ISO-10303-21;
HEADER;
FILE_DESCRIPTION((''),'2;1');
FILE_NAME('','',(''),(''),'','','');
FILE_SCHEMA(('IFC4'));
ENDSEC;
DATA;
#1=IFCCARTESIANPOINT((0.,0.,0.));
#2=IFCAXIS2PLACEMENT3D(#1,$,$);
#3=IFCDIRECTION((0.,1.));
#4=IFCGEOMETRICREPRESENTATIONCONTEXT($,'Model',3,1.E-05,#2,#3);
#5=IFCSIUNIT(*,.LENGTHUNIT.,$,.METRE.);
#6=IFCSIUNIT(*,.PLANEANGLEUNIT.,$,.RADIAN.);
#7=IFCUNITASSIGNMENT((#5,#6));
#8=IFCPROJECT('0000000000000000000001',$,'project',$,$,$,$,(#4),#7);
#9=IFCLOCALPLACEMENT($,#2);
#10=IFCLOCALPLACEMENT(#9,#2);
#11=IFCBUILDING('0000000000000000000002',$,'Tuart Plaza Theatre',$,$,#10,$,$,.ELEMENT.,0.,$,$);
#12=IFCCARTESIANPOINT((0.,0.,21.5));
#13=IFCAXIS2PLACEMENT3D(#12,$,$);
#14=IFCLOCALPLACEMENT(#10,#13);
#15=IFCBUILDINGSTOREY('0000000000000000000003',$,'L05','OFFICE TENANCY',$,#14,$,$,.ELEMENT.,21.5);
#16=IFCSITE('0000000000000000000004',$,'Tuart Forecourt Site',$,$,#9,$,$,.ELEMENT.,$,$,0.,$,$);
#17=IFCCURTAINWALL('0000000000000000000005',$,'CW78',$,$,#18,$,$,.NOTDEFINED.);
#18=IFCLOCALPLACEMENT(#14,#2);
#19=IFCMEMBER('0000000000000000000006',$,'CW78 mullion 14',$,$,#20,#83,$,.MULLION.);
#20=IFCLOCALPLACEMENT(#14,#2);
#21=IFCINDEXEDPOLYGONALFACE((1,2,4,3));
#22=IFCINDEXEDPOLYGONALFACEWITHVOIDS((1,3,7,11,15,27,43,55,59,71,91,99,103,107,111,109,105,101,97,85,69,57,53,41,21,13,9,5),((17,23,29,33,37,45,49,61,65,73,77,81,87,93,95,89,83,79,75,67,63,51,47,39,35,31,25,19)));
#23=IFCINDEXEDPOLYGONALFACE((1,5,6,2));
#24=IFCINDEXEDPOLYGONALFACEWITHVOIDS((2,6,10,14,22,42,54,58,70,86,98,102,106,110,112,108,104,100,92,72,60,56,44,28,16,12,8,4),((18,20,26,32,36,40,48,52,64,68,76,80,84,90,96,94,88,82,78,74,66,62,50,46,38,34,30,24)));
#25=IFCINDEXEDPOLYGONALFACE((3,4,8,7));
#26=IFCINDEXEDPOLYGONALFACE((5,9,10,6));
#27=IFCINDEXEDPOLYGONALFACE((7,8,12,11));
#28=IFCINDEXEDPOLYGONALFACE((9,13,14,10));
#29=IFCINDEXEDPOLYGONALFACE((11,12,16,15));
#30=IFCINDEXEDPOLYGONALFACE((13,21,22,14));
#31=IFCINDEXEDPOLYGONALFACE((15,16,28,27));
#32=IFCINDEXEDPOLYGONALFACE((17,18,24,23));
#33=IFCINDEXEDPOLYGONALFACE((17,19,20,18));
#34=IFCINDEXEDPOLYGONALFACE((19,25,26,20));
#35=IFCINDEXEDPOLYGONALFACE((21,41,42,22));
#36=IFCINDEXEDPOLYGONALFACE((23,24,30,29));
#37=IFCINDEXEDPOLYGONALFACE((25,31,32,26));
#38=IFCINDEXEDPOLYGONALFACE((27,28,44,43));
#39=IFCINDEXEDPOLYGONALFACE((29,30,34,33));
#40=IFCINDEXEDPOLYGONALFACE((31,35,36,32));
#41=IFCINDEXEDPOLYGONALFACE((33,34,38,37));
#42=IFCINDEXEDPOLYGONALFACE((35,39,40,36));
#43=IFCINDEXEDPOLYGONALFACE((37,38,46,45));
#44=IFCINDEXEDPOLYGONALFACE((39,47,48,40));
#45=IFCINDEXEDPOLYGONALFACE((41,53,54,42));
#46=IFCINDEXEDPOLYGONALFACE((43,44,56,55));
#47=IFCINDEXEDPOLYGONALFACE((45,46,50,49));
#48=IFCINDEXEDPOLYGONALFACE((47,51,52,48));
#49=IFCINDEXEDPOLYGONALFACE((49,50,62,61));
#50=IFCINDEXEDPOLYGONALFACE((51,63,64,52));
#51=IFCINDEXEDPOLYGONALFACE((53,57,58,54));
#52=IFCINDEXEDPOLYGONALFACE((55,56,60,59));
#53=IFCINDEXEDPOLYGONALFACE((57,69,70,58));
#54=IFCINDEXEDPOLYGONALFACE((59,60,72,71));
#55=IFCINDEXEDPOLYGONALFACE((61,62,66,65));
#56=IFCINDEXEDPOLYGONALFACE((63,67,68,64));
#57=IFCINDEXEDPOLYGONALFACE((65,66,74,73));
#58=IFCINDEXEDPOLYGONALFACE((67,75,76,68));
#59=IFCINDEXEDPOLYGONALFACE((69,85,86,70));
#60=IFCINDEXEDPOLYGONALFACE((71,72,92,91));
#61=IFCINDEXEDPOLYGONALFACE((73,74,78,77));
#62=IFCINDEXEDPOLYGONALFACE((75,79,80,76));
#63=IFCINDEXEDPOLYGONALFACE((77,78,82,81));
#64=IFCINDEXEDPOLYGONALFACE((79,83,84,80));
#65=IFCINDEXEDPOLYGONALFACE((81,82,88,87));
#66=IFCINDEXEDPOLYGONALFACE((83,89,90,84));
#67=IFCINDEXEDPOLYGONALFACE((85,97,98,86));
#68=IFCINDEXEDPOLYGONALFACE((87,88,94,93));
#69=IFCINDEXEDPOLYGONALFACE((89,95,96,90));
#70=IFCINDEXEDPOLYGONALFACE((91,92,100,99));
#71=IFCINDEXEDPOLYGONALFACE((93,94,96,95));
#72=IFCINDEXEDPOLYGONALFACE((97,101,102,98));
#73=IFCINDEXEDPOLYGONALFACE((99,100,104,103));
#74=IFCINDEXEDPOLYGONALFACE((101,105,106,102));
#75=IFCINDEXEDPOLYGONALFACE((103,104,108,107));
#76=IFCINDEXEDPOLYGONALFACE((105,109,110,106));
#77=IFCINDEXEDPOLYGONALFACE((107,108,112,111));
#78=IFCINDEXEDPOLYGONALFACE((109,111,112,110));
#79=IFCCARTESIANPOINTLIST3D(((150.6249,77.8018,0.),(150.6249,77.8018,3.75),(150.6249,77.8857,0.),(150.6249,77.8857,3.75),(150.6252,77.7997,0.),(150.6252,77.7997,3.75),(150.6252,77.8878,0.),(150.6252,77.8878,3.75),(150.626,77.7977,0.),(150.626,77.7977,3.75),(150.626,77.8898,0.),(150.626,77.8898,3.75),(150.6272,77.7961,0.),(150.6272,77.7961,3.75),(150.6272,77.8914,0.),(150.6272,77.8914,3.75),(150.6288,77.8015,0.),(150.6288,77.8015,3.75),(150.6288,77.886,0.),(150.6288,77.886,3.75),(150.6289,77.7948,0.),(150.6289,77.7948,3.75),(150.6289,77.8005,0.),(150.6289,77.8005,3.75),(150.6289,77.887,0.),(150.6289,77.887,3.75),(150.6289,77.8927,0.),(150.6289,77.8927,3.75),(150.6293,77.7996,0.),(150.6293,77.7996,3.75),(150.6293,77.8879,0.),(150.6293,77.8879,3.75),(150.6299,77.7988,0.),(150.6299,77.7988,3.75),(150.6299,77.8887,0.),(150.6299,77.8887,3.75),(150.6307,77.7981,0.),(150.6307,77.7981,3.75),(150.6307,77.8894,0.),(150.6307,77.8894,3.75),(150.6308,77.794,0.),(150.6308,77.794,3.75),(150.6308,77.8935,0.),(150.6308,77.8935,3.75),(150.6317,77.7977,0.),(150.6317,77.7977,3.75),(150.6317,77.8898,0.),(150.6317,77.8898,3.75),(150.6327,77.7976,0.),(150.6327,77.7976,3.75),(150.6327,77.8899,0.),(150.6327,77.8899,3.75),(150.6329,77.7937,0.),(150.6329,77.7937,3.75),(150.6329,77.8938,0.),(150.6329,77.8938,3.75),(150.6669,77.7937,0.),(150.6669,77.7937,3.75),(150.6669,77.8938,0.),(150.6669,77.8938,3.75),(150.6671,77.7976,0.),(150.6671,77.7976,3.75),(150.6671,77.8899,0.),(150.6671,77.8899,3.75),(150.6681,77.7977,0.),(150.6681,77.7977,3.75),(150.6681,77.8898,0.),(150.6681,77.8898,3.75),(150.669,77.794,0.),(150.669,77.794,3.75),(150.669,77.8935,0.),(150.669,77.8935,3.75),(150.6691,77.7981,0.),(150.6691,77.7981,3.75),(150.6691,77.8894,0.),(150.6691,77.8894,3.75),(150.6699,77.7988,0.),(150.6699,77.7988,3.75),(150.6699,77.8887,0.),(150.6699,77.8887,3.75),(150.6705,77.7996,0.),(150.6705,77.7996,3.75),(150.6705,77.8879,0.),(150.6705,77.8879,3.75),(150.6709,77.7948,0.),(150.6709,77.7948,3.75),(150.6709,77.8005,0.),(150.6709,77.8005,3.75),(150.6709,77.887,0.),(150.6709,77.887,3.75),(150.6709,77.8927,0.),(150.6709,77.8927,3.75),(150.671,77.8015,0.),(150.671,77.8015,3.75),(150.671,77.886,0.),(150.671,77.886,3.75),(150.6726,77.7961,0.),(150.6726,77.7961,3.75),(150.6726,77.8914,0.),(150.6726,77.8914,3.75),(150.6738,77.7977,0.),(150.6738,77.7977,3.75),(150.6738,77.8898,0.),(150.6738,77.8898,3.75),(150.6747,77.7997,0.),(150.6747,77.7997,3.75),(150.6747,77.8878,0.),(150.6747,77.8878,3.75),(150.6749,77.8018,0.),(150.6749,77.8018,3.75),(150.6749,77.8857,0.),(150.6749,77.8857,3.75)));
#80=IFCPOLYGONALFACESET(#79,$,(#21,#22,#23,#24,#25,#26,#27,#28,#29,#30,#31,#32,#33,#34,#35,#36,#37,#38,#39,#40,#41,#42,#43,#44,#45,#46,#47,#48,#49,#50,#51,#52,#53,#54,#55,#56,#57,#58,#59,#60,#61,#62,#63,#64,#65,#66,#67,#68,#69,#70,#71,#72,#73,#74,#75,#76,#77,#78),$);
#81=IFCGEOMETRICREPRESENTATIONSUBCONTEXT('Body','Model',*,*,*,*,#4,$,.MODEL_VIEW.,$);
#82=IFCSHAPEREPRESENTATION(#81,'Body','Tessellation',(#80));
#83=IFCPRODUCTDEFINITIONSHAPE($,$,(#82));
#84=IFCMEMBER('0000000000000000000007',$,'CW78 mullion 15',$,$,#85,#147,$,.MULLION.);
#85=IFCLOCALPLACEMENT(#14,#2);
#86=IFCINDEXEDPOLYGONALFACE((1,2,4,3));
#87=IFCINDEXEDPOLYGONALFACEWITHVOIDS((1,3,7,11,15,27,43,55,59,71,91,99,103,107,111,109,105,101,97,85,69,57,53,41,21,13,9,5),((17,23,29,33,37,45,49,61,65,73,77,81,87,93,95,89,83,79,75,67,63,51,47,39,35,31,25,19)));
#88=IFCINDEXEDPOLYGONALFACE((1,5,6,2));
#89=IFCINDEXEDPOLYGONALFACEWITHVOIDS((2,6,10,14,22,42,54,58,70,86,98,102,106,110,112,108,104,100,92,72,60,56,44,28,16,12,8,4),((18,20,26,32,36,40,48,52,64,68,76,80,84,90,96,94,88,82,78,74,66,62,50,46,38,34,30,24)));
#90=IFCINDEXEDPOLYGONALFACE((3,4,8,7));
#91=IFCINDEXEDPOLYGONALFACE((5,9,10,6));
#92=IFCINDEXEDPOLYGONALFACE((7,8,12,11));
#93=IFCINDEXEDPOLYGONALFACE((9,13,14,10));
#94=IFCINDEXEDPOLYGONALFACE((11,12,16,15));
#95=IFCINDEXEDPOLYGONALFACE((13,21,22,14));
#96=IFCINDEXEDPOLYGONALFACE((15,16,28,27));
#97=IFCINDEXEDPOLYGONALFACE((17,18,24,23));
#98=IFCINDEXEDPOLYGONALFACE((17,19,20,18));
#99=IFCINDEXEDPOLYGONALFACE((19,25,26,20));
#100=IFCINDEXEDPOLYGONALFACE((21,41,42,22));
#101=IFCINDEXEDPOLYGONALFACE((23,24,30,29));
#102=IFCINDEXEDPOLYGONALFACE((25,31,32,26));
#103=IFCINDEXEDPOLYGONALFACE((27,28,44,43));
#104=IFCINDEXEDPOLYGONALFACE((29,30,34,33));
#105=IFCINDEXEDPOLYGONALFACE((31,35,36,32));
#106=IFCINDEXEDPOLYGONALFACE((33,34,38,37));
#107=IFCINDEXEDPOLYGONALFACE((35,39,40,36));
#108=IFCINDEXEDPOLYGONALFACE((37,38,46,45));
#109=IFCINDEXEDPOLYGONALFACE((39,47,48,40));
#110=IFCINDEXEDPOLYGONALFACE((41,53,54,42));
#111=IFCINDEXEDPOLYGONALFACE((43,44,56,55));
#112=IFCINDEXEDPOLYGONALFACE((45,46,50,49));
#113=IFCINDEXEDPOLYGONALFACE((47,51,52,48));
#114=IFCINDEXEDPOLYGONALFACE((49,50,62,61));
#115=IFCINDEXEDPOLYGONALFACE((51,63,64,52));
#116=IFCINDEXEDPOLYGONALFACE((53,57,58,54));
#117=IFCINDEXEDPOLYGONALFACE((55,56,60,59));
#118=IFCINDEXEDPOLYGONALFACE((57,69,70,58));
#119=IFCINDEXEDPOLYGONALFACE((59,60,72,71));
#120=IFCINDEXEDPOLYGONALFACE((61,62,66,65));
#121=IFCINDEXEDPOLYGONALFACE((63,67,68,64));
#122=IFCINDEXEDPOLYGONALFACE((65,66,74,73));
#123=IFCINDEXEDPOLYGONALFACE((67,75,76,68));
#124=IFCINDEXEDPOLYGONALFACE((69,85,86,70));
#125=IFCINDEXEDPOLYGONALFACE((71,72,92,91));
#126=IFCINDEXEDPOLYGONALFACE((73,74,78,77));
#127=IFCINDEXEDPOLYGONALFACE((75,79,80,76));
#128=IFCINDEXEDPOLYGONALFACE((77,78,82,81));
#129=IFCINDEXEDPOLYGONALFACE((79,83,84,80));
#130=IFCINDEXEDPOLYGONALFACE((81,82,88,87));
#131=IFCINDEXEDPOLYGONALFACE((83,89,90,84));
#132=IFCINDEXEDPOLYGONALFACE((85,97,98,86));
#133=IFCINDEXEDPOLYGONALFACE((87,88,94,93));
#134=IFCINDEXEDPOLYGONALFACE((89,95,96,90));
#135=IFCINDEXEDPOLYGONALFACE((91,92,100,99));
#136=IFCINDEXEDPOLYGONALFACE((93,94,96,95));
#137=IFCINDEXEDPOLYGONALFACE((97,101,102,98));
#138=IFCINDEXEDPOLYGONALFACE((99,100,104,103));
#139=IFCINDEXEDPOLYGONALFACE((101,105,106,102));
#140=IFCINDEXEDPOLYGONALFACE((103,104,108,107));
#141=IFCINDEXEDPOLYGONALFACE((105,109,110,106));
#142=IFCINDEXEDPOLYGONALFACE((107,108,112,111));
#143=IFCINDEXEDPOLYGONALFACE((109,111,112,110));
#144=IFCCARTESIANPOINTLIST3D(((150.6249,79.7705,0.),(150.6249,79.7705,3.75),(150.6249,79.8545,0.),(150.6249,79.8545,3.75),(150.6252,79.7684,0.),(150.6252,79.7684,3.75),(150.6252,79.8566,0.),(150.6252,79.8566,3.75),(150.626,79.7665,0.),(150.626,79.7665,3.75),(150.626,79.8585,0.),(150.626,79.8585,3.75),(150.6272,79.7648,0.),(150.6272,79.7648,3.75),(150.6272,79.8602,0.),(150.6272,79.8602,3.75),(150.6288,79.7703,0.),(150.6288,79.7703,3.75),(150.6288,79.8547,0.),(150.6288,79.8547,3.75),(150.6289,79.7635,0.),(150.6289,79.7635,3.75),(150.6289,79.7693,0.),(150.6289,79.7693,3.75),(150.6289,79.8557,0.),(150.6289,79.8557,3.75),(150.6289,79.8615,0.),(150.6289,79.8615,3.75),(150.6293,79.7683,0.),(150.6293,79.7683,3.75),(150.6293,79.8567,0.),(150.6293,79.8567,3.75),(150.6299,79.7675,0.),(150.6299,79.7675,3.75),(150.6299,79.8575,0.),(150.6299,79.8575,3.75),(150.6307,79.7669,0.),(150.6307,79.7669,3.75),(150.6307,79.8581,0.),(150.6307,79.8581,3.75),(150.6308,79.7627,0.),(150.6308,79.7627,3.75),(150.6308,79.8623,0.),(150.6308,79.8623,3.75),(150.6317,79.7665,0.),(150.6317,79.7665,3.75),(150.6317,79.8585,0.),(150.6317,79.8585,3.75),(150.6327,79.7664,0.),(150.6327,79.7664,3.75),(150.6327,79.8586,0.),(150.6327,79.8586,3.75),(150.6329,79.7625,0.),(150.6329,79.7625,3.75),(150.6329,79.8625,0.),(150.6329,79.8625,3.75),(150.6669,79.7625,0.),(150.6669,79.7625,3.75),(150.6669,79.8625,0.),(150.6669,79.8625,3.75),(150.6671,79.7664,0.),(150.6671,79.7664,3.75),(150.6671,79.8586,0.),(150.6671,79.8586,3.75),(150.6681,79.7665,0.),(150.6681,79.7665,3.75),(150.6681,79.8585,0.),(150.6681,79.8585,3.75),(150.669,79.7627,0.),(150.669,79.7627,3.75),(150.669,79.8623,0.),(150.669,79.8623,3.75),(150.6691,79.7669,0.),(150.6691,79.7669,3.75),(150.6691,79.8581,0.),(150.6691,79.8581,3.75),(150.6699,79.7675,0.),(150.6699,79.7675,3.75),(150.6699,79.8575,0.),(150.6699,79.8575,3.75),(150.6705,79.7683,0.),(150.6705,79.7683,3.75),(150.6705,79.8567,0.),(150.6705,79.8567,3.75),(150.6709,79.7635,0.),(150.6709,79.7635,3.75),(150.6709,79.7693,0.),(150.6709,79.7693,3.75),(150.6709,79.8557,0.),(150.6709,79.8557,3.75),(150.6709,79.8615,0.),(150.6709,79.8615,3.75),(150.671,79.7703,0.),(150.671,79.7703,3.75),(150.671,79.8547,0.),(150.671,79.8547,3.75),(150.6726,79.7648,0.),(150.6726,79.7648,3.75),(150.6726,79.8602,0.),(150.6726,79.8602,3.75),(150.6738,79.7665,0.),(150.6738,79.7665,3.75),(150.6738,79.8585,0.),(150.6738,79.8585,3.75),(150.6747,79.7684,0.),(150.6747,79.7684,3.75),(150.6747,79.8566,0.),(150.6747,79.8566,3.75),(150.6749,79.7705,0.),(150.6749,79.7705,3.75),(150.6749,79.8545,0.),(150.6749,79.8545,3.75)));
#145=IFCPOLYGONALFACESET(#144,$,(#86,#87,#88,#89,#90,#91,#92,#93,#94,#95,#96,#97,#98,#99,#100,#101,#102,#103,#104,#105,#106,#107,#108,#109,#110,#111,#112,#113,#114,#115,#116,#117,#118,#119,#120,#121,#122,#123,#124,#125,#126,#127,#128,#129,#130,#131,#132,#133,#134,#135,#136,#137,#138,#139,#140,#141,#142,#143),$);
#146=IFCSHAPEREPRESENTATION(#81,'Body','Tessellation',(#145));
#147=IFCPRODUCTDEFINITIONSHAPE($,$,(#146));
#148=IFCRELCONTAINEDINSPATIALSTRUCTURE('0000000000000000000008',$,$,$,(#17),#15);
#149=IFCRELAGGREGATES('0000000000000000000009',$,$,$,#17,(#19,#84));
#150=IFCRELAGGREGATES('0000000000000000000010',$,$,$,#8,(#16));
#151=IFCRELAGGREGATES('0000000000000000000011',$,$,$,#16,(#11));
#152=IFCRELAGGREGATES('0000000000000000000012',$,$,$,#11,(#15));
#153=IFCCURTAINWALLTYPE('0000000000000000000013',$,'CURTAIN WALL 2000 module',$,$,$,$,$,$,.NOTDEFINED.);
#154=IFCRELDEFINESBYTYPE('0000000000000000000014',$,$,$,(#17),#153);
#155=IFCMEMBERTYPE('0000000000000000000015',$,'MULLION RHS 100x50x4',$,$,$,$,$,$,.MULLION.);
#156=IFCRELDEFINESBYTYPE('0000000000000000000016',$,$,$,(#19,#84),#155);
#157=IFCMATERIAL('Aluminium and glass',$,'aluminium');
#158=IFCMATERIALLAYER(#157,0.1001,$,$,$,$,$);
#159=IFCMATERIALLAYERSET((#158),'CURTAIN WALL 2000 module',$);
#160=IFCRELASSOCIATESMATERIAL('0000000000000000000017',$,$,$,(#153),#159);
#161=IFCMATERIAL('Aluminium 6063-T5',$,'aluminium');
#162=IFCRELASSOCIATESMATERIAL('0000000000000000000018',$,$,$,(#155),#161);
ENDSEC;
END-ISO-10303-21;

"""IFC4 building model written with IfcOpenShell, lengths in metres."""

from ifc_helpers import new_model, si_unit, direction, frame, origin, origin_2d, place, context, subcontext, project, spatial, hollow_rectangle, extrude, material, layer, layer_set, material_profile, profile_set, type_object, element, aggregate, save


model = new_model("IFC4")

# Units and contexts
model_context = context("Model", 3, precision=1e-05, world=origin(), true_north=direction((0.0, 1.0)))
body_context = subcontext(model_context, "Body", "Model", "MODEL_VIEW")
ifc_project = project(units=[si_unit("LENGTHUNIT", "METRE"), si_unit("PLANEANGLEUNIT", "RADIAN")], contexts=[model_context])

# Site, building, storey
site_placement = place(None, origin())
site = spatial("IfcSite", under=ifc_project, at=site_placement, Name="Tuart Forecourt Site", CompositionType="ELEMENT", RefElevation=0.0)
building_placement = place(site_placement, origin())
building = spatial("IfcBuilding", under=site, at=building_placement, Name="Tuart Plaza Theatre", CompositionType="ELEMENT", ElevationOfRefHeight=0.0)
storey_placement = place(building_placement, frame((0.0, 0.0, 21.5)))
storey = spatial("IfcBuildingStorey", under=building, at=storey_placement, Name="L05", Description="OFFICE TENANCY", CompositionType="ELEMENT", Elevation=21.5)

# Curtain wall, members
ifc_material_1 = material(Name="Aluminium and glass", Category="aluminium")
ifc_layer_1 = layer(ifc_material_1, 0.1001)
ifc_layer_set_1 = layer_set([ifc_layer_1], Name="CURTAIN WALL 2000 module")
curtain_wall_type = type_object("IfcCurtainWallType", Name="CURTAIN WALL 2000 module", PredefinedType="NOTDEFINED", material=ifc_layer_set_1)
curtain_wall_placement = place(storey_placement, origin())
curtain_wall = element("IfcCurtainWall", 1, at=curtain_wall_placement, inside=storey, type_object=curtain_wall_type, Name="CW78", PredefinedType="NOTDEFINED")
ifc_material_2 = material(Name="Aluminium 6063-T5", Category="aluminium")
ifc_material_profile_1 = material_profile(ifc_material_2, hollow_rectangle(XDim=0.05, YDim=0.1001, WallThickness=0.0039, InnerFilletRadius=0.0039, OuterFilletRadius=0.0081, at=origin_2d()), Name="RHS 100x50x4")
ifc_profile_set_1 = profile_set([ifc_material_profile_1], Name="Aluminium 6063-T5")
member_type_1 = type_object("IfcMemberType", Name="MULLION RHS 100x50x4", PredefinedType="MULLION", material=ifc_profile_set_1)
member_1_placement = place(storey_placement, frame((150.6499, 77.8438, 0.0), z_axis=(0.0, 0.0, 1.0), x_axis=(-1.0, 0.0, 0.0)))
member_1 = element("IfcMember", 2, at=member_1_placement, type_object=member_type_1, Name="CW78 mullion 14", PredefinedType="MULLION", context=body_context, shape_type="SweptSolid", body=[
    extrude(hollow_rectangle(XDim=0.05, YDim=0.1001, WallThickness=0.0039, InnerFilletRadius=0.0039, OuterFilletRadius=0.0081, at=origin_2d()), origin(), (0.0, 0.0, 1.0), 3.75),
])
member_2_placement = place(storey_placement, frame((150.6499, 79.8125, 0.0), z_axis=(0.0, 0.0, 1.0), x_axis=(-1.0, 0.0, 0.0)))
member_2 = element("IfcMember", 3, at=member_2_placement, type_object=member_type_1, Name="CW78 mullion 15", PredefinedType="MULLION", context=body_context, shape_type="SweptSolid", body=[
    extrude(hollow_rectangle(XDim=0.05, YDim=0.1001, WallThickness=0.0039, InnerFilletRadius=0.0039, OuterFilletRadius=0.0081, at=origin_2d()), origin(), (0.0, 0.0, 1.0), 3.75),
])
aggregate(curtain_wall, [member_1, member_2])

save(model, "model.ifc")
